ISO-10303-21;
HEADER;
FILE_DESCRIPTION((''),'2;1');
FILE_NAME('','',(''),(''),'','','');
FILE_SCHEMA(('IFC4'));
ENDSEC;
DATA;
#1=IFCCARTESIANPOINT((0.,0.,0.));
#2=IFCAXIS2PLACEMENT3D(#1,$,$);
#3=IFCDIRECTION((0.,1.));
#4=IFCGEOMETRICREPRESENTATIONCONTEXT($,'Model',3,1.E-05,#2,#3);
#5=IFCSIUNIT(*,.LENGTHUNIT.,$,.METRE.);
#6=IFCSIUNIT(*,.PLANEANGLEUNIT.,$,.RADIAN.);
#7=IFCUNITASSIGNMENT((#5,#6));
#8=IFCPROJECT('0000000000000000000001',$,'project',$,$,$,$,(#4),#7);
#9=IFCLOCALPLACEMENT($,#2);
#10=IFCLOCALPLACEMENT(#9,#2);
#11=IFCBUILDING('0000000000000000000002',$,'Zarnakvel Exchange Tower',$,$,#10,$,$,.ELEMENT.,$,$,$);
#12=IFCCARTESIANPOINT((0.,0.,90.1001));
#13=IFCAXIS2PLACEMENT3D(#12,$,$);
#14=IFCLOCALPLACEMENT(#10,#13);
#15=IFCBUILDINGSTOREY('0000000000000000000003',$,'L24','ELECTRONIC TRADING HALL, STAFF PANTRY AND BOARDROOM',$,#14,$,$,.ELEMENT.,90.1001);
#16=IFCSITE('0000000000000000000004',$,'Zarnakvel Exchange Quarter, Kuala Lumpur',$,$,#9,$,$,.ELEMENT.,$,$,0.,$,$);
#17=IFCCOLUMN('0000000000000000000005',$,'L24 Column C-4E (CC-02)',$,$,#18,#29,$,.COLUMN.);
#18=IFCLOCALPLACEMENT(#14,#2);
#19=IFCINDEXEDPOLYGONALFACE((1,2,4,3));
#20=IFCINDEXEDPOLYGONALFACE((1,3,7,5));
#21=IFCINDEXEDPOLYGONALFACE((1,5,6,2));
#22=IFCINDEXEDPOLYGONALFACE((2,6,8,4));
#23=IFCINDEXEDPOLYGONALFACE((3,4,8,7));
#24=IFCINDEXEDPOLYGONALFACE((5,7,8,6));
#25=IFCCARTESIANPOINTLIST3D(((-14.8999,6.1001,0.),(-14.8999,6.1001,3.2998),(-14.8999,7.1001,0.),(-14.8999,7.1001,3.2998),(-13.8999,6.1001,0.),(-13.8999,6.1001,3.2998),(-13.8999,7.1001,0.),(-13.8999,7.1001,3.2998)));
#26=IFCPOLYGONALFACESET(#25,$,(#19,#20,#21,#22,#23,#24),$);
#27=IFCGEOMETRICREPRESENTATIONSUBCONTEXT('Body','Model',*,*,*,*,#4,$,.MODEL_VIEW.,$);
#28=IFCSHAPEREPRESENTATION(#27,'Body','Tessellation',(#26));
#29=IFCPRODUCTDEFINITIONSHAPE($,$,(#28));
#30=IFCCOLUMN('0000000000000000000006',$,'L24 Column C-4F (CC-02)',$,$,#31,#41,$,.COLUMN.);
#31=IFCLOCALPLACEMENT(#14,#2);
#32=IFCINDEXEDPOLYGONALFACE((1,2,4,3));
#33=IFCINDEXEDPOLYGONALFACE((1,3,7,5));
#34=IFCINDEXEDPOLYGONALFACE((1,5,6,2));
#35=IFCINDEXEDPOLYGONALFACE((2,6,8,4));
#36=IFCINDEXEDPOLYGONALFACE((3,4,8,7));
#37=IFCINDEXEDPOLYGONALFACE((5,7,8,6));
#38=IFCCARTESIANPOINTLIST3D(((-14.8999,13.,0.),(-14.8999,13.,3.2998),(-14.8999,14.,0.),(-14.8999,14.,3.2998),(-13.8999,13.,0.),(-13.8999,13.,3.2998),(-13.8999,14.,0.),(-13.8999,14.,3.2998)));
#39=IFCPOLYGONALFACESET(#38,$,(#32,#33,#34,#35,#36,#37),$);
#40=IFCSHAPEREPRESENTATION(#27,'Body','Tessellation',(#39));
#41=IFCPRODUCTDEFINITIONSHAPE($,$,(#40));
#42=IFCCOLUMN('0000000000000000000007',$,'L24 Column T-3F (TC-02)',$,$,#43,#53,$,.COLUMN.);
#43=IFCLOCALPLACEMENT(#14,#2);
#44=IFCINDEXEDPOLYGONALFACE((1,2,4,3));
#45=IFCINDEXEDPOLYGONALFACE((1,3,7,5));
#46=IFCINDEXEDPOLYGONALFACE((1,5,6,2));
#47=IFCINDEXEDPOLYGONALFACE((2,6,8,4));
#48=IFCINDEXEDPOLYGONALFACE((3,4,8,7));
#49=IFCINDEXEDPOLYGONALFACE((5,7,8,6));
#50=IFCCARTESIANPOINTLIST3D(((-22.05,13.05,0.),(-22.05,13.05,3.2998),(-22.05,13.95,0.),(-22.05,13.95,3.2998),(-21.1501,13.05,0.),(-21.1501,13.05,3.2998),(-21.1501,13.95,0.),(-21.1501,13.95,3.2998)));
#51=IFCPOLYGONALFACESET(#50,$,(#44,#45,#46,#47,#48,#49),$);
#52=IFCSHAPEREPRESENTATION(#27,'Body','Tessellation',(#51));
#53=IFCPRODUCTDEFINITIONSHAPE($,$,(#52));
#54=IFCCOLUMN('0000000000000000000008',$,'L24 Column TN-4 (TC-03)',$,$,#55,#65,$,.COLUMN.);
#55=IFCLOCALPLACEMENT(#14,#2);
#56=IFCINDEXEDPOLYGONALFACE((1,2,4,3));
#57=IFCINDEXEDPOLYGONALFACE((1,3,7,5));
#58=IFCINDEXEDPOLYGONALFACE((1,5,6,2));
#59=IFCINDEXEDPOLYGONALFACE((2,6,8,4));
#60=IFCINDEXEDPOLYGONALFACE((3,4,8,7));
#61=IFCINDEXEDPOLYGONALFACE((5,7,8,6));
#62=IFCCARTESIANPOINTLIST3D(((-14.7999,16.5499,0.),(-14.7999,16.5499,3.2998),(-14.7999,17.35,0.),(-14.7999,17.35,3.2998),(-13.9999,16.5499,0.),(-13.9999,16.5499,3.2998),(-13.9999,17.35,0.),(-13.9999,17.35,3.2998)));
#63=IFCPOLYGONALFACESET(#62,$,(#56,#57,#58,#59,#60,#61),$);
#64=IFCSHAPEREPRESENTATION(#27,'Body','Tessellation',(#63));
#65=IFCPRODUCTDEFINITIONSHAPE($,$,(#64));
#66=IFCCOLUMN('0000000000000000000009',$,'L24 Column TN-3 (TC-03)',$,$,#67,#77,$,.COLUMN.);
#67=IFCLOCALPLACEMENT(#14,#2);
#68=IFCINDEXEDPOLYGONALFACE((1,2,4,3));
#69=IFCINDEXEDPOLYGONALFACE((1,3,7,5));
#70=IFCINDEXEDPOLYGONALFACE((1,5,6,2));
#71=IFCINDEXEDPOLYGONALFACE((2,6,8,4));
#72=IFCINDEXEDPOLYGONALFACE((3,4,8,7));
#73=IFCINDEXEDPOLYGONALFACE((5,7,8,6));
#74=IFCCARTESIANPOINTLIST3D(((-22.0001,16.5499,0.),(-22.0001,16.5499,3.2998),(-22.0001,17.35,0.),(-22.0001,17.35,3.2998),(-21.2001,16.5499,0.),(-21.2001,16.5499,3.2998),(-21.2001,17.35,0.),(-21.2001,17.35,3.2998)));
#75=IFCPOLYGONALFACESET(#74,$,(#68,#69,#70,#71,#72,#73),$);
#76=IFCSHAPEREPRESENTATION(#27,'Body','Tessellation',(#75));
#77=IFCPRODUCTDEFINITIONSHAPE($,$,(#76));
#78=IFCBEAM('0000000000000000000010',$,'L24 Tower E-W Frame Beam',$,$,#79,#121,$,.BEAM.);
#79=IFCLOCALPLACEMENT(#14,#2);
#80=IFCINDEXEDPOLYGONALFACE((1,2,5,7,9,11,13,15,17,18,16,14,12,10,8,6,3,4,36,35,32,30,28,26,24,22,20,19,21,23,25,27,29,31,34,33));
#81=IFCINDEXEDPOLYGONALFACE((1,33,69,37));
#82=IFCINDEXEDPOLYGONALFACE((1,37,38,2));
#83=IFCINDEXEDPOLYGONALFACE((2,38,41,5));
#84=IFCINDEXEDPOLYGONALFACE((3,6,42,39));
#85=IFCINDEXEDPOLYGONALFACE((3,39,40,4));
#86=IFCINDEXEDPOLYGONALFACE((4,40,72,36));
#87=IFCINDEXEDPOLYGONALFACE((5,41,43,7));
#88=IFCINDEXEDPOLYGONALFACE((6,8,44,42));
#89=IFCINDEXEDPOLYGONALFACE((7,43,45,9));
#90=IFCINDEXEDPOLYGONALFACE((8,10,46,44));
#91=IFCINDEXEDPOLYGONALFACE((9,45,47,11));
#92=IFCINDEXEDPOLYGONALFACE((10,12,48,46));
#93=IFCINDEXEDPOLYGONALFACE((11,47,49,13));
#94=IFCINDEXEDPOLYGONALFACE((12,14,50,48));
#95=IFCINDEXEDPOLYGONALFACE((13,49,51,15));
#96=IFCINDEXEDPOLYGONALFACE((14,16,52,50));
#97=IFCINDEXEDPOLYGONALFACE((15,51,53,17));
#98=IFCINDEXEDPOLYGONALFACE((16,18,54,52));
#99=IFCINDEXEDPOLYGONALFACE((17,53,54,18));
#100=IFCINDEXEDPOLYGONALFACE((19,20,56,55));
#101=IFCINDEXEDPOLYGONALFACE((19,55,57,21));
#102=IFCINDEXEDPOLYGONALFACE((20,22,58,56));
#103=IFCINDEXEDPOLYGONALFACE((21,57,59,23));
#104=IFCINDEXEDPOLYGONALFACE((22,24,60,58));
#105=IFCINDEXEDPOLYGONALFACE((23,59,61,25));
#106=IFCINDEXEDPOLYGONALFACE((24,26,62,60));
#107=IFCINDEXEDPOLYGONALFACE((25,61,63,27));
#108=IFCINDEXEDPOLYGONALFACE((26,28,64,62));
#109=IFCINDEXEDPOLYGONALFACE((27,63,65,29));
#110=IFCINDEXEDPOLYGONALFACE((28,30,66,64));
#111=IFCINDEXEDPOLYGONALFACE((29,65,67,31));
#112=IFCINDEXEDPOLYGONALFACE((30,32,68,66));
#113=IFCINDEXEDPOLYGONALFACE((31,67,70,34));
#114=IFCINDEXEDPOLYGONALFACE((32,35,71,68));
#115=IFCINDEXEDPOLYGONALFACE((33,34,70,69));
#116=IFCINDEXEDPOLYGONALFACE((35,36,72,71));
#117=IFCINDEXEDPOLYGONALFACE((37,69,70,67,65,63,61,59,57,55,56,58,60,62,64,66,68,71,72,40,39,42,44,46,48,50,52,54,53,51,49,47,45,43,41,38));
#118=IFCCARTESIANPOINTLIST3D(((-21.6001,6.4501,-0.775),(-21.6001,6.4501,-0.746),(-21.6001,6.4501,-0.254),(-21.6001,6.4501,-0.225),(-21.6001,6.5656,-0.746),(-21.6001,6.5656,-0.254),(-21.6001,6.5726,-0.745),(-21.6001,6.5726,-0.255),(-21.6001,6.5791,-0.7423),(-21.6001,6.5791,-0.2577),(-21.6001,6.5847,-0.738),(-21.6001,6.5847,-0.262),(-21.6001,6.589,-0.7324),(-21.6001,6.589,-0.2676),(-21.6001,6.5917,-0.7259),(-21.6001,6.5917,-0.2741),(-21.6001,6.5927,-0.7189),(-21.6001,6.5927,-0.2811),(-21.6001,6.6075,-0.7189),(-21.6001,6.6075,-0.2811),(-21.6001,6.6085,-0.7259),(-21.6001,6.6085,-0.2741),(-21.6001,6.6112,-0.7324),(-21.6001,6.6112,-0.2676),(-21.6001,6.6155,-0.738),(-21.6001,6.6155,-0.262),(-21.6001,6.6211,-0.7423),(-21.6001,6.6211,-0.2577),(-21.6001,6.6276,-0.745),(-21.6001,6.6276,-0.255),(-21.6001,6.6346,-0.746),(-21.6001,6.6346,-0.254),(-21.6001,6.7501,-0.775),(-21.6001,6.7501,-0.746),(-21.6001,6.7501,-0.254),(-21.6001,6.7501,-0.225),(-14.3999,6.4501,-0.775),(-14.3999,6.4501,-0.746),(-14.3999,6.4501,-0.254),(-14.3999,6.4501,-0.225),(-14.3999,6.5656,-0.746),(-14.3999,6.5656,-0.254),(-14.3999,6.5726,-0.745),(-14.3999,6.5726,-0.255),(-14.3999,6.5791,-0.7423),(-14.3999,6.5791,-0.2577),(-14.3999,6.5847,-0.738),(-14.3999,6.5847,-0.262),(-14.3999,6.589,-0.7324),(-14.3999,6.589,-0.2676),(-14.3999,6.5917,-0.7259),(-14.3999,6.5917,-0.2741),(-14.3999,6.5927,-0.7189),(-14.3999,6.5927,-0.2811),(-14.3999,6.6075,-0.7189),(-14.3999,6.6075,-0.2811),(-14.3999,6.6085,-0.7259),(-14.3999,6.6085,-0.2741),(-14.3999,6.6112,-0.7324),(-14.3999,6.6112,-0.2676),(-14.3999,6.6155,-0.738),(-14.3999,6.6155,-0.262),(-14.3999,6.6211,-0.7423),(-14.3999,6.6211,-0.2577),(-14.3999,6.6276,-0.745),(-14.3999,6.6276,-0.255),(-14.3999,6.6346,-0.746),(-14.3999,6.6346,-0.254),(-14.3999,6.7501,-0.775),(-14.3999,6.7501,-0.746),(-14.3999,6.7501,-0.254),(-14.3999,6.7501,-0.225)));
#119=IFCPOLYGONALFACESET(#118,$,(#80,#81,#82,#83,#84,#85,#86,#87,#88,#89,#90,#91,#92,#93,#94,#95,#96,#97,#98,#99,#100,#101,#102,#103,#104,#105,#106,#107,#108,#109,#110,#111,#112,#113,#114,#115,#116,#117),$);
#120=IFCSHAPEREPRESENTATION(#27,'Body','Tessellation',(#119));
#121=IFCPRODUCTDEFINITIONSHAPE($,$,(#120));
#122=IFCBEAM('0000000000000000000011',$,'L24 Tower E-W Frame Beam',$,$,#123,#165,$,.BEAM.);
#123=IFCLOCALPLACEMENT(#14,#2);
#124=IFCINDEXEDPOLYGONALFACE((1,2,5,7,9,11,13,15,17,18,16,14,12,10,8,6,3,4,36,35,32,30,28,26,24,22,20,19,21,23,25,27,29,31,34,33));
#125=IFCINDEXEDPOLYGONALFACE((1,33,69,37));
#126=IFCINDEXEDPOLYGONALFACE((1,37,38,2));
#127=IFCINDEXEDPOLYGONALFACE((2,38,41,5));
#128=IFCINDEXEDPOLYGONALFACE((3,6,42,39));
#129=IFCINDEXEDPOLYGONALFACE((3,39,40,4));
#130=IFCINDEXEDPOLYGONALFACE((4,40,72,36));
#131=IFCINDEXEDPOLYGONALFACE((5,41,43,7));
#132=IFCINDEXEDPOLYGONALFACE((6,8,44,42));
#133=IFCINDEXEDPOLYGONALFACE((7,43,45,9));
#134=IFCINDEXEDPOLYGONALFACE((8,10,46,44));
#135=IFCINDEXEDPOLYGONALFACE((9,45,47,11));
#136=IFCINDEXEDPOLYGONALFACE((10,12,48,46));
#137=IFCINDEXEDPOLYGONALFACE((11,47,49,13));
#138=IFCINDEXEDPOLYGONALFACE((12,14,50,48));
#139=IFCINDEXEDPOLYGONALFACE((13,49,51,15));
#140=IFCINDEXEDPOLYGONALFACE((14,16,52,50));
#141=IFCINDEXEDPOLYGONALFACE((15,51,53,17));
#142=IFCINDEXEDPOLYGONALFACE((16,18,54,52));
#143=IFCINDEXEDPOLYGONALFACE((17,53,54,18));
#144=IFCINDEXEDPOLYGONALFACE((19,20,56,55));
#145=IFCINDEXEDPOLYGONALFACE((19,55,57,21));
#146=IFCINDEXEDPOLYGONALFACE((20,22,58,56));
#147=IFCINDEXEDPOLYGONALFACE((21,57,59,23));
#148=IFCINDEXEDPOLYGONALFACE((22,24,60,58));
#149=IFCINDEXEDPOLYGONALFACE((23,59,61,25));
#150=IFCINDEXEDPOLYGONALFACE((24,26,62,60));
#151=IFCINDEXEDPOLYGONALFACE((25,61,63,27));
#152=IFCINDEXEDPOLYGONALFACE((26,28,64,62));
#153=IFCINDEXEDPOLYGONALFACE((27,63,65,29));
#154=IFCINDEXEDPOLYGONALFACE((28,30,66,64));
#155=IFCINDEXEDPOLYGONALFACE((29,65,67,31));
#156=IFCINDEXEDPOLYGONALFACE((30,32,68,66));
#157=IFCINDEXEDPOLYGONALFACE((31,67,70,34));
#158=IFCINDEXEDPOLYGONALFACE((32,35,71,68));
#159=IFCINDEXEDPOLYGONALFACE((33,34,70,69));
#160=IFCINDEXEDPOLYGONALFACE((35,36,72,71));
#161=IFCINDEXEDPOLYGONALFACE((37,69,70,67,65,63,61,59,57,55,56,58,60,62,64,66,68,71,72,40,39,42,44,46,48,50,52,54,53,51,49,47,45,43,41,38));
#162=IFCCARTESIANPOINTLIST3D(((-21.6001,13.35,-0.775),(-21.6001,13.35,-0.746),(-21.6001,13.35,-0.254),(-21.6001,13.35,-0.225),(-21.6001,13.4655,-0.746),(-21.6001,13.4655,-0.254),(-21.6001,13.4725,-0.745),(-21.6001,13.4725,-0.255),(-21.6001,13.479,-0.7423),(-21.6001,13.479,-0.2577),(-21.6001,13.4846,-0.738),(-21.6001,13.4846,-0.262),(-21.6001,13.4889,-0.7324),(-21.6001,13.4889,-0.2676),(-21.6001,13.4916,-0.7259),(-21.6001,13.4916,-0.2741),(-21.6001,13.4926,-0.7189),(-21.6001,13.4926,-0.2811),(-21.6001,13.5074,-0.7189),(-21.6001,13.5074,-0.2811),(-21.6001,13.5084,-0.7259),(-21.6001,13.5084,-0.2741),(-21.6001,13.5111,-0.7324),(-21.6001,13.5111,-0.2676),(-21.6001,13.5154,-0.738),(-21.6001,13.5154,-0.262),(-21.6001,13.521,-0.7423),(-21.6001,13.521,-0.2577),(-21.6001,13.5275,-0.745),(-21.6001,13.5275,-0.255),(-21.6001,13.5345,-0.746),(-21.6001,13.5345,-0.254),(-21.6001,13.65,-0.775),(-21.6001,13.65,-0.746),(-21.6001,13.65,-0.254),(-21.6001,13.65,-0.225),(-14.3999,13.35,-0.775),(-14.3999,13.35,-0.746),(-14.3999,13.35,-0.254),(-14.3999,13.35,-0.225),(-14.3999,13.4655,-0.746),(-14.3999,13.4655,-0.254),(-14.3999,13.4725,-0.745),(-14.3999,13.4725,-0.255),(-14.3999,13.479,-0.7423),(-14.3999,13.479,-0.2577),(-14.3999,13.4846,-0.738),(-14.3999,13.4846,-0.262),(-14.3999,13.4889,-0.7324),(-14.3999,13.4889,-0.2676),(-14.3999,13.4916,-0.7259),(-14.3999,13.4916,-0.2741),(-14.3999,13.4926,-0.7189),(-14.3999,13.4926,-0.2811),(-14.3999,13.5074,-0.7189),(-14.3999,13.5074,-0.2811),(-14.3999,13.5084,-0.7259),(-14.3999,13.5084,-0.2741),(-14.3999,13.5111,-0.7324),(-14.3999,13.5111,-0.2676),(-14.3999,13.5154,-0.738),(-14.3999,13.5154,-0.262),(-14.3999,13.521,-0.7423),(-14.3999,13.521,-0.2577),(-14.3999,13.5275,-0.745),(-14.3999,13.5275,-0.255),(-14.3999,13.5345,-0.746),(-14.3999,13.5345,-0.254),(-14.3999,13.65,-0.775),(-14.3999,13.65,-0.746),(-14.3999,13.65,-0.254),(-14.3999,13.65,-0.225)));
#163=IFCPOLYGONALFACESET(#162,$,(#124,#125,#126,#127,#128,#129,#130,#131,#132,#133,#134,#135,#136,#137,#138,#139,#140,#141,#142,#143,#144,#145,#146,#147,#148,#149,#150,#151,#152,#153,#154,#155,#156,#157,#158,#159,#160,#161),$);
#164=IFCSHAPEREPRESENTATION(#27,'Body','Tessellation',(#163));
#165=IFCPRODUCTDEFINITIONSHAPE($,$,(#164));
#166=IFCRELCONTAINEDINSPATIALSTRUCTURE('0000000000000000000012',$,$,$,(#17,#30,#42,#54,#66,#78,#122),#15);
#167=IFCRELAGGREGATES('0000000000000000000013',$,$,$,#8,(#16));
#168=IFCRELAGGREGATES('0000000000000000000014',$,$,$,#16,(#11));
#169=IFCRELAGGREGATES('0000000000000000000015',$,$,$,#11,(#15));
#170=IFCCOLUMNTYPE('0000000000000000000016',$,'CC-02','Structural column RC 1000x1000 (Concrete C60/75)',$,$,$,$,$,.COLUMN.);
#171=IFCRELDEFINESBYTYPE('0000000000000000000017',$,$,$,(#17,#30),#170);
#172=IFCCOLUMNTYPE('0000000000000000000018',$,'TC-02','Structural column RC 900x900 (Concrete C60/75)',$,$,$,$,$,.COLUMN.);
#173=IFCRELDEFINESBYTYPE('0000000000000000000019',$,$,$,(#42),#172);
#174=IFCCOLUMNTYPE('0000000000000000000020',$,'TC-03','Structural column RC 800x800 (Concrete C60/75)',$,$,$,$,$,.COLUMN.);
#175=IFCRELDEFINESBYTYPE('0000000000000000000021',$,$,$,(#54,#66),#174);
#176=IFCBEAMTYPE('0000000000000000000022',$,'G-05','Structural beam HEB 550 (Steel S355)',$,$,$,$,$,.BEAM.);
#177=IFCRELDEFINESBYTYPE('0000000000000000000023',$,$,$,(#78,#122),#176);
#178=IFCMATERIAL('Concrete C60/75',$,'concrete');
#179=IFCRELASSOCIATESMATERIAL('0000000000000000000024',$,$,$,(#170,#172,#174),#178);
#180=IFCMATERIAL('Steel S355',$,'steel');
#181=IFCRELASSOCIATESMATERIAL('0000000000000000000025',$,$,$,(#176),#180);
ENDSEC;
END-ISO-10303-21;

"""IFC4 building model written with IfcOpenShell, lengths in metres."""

from ifc_helpers import new_model, si_unit, direction, frame, origin, origin_2d, place, context, subcontext, project, spatial, rectangle, i_section, extrude, material, material_profile, profile_set, type_object, element, save


model = new_model("IFC4")

# Units and contexts
model_context = context("Model", 3, precision=1e-05, world=origin(), true_north=direction((0.0, 1.0)))
body_context = subcontext(model_context, "Body", "Model", "MODEL_VIEW")
ifc_project = project(units=[si_unit("LENGTHUNIT", "METRE"), si_unit("PLANEANGLEUNIT", "RADIAN")], contexts=[model_context])

# Site, building, storey
site_placement = place(None, origin())
site = spatial("IfcSite", under=ifc_project, at=site_placement, Name="Zarnakvel Exchange Quarter, Kuala Lumpur", CompositionType="ELEMENT", RefElevation=0.0)
building_placement = place(site_placement, origin())
building = spatial("IfcBuilding", under=site, at=building_placement, Name="Zarnakvel Exchange Tower", CompositionType="ELEMENT")
storey_placement = place(building_placement, frame((0.0, 0.0, 90.1001)))
storey = spatial("IfcBuildingStorey", under=building, at=storey_placement, Name="L24", Description="ELECTRONIC TRADING HALL, STAFF PANTRY AND BOARDROOM", CompositionType="ELEMENT", Elevation=90.1001)

# Columns
ifc_material_1 = material(Name="Concrete C60/75", Category="concrete")
ifc_material_profile_1 = material_profile(ifc_material_1, rectangle(XDim=1.0, YDim=1.0, at=origin_2d()))
ifc_profile_set_1 = profile_set([ifc_material_profile_1], Name="Concrete C60/75")
column_type_1 = type_object("IfcColumnType", Name="CC-02", Description="Structural column RC 1000x1000 (Concrete C60/75)", PredefinedType="COLUMN", material=ifc_profile_set_1)
for number, where, z_axis, x_axis, name in (
    (1, (-14.3999, 6.6001, 0.0), (0.0, 0.0, 1.0), (1.0, 0.0, 0.0), "L24 Column C-4E (CC-02)"),
    (2, (-14.3999, 13.5, 0.0), (0.0, 0.0, 1.0), (1.0, 0.0, 0.0), "L24 Column C-4F (CC-02)"),
):
    element("IfcColumn", number, at=place(storey_placement, frame(where, z_axis=z_axis, x_axis=x_axis)), inside=storey, type_object=column_type_1, Name=name, PredefinedType="COLUMN", context=body_context, shape_type="SweptSolid", body=[
        extrude(rectangle(XDim=1.0, YDim=1.0, at=origin_2d()), origin(), (0.0, 0.0, 1.0), 3.2998),
    ])
ifc_material_profile_2 = material_profile(ifc_material_1, rectangle(XDim=0.8999, YDim=0.8999, at=origin_2d()))
ifc_profile_set_2 = profile_set([ifc_material_profile_2], Name="Concrete C60/75")
column_type_2 = type_object("IfcColumnType", Name="TC-02", Description="Structural column RC 900x900 (Concrete C60/75)", PredefinedType="COLUMN", material=ifc_profile_set_2)
column_placement = place(storey_placement, frame((-21.6001, 13.5, 0.0), z_axis=(0.0, 0.0, 1.0), x_axis=(1.0, 0.0, 0.0)))
element("IfcColumn", 3, at=column_placement, inside=storey, type_object=column_type_2, Name="L24 Column T-3F (TC-02)", PredefinedType="COLUMN", context=body_context, shape_type="SweptSolid", body=[
    extrude(rectangle(XDim=0.8999, YDim=0.8999, at=origin_2d()), origin(), (0.0, 0.0, 1.0), 3.2998),
])
ifc_material_profile_3 = material_profile(ifc_material_1, rectangle(XDim=0.8, YDim=0.8, at=origin_2d()))
ifc_profile_set_3 = profile_set([ifc_material_profile_3], Name="Concrete C60/75")
column_type_3 = type_object("IfcColumnType", Name="TC-03", Description="Structural column RC 800x800 (Concrete C60/75)", PredefinedType="COLUMN", material=ifc_profile_set_3)
for number, where, z_axis, x_axis, name in (
    (4, (-14.3999, 16.95, 0.0), (0.0, 0.0, 1.0), (1.0, 0.0, 0.0), "L24 Column TN-4 (TC-03)"),
    (5, (-21.6001, 16.95, 0.0), (0.0, 0.0, 1.0), (1.0, 0.0, 0.0), "L24 Column TN-3 (TC-03)"),
):
    element("IfcColumn", number, at=place(storey_placement, frame(where, z_axis=z_axis, x_axis=x_axis)), inside=storey, type_object=column_type_3, Name=name, PredefinedType="COLUMN", context=body_context, shape_type="SweptSolid", body=[
        extrude(rectangle(XDim=0.8, YDim=0.8, at=origin_2d()), origin(), (0.0, 0.0, 1.0), 3.2998),
    ])

# Beams
ifc_material_2 = material(Name="Steel S355", Category="steel")
ifc_material_profile_4 = material_profile(ifc_material_2, i_section(OverallWidth=0.3, OverallDepth=0.55, WebThickness=0.0149, FlangeThickness=0.0291, FilletRadius=0.0271, at=origin_2d()))
ifc_profile_set_4 = profile_set([ifc_material_profile_4], Name="Steel S355")
beam_type_1 = type_object("IfcBeamType", Name="G-05", Description="Structural beam HEB 550 (Steel S355)", PredefinedType="BEAM", material=ifc_profile_set_4)
for number, where, z_axis, x_axis, name in (
    (6, (-21.6001, 6.6001, -0.5), (1.0, 0.0, 0.0), (0.0, 1.0, 0.0), "L24 Tower E-W Frame Beam"),
    (7, (-21.6001, 13.5, -0.5), (1.0, 0.0, 0.0), (0.0, 1.0, 0.0), "L24 Tower E-W Frame Beam"),
):
    element("IfcBeam", number, at=place(storey_placement, frame(where, z_axis=z_axis, x_axis=x_axis)), inside=storey, type_object=beam_type_1, Name=name, PredefinedType="BEAM", context=body_context, shape_type="SweptSolid", body=[
        extrude(i_section(OverallWidth=0.3, OverallDepth=0.55, WebThickness=0.0149, FlangeThickness=0.0291, FilletRadius=0.0271, at=origin_2d()), origin(), (0.0, 0.0, 1.0), 7.2002),
    ])

save(model, "model.ifc")
